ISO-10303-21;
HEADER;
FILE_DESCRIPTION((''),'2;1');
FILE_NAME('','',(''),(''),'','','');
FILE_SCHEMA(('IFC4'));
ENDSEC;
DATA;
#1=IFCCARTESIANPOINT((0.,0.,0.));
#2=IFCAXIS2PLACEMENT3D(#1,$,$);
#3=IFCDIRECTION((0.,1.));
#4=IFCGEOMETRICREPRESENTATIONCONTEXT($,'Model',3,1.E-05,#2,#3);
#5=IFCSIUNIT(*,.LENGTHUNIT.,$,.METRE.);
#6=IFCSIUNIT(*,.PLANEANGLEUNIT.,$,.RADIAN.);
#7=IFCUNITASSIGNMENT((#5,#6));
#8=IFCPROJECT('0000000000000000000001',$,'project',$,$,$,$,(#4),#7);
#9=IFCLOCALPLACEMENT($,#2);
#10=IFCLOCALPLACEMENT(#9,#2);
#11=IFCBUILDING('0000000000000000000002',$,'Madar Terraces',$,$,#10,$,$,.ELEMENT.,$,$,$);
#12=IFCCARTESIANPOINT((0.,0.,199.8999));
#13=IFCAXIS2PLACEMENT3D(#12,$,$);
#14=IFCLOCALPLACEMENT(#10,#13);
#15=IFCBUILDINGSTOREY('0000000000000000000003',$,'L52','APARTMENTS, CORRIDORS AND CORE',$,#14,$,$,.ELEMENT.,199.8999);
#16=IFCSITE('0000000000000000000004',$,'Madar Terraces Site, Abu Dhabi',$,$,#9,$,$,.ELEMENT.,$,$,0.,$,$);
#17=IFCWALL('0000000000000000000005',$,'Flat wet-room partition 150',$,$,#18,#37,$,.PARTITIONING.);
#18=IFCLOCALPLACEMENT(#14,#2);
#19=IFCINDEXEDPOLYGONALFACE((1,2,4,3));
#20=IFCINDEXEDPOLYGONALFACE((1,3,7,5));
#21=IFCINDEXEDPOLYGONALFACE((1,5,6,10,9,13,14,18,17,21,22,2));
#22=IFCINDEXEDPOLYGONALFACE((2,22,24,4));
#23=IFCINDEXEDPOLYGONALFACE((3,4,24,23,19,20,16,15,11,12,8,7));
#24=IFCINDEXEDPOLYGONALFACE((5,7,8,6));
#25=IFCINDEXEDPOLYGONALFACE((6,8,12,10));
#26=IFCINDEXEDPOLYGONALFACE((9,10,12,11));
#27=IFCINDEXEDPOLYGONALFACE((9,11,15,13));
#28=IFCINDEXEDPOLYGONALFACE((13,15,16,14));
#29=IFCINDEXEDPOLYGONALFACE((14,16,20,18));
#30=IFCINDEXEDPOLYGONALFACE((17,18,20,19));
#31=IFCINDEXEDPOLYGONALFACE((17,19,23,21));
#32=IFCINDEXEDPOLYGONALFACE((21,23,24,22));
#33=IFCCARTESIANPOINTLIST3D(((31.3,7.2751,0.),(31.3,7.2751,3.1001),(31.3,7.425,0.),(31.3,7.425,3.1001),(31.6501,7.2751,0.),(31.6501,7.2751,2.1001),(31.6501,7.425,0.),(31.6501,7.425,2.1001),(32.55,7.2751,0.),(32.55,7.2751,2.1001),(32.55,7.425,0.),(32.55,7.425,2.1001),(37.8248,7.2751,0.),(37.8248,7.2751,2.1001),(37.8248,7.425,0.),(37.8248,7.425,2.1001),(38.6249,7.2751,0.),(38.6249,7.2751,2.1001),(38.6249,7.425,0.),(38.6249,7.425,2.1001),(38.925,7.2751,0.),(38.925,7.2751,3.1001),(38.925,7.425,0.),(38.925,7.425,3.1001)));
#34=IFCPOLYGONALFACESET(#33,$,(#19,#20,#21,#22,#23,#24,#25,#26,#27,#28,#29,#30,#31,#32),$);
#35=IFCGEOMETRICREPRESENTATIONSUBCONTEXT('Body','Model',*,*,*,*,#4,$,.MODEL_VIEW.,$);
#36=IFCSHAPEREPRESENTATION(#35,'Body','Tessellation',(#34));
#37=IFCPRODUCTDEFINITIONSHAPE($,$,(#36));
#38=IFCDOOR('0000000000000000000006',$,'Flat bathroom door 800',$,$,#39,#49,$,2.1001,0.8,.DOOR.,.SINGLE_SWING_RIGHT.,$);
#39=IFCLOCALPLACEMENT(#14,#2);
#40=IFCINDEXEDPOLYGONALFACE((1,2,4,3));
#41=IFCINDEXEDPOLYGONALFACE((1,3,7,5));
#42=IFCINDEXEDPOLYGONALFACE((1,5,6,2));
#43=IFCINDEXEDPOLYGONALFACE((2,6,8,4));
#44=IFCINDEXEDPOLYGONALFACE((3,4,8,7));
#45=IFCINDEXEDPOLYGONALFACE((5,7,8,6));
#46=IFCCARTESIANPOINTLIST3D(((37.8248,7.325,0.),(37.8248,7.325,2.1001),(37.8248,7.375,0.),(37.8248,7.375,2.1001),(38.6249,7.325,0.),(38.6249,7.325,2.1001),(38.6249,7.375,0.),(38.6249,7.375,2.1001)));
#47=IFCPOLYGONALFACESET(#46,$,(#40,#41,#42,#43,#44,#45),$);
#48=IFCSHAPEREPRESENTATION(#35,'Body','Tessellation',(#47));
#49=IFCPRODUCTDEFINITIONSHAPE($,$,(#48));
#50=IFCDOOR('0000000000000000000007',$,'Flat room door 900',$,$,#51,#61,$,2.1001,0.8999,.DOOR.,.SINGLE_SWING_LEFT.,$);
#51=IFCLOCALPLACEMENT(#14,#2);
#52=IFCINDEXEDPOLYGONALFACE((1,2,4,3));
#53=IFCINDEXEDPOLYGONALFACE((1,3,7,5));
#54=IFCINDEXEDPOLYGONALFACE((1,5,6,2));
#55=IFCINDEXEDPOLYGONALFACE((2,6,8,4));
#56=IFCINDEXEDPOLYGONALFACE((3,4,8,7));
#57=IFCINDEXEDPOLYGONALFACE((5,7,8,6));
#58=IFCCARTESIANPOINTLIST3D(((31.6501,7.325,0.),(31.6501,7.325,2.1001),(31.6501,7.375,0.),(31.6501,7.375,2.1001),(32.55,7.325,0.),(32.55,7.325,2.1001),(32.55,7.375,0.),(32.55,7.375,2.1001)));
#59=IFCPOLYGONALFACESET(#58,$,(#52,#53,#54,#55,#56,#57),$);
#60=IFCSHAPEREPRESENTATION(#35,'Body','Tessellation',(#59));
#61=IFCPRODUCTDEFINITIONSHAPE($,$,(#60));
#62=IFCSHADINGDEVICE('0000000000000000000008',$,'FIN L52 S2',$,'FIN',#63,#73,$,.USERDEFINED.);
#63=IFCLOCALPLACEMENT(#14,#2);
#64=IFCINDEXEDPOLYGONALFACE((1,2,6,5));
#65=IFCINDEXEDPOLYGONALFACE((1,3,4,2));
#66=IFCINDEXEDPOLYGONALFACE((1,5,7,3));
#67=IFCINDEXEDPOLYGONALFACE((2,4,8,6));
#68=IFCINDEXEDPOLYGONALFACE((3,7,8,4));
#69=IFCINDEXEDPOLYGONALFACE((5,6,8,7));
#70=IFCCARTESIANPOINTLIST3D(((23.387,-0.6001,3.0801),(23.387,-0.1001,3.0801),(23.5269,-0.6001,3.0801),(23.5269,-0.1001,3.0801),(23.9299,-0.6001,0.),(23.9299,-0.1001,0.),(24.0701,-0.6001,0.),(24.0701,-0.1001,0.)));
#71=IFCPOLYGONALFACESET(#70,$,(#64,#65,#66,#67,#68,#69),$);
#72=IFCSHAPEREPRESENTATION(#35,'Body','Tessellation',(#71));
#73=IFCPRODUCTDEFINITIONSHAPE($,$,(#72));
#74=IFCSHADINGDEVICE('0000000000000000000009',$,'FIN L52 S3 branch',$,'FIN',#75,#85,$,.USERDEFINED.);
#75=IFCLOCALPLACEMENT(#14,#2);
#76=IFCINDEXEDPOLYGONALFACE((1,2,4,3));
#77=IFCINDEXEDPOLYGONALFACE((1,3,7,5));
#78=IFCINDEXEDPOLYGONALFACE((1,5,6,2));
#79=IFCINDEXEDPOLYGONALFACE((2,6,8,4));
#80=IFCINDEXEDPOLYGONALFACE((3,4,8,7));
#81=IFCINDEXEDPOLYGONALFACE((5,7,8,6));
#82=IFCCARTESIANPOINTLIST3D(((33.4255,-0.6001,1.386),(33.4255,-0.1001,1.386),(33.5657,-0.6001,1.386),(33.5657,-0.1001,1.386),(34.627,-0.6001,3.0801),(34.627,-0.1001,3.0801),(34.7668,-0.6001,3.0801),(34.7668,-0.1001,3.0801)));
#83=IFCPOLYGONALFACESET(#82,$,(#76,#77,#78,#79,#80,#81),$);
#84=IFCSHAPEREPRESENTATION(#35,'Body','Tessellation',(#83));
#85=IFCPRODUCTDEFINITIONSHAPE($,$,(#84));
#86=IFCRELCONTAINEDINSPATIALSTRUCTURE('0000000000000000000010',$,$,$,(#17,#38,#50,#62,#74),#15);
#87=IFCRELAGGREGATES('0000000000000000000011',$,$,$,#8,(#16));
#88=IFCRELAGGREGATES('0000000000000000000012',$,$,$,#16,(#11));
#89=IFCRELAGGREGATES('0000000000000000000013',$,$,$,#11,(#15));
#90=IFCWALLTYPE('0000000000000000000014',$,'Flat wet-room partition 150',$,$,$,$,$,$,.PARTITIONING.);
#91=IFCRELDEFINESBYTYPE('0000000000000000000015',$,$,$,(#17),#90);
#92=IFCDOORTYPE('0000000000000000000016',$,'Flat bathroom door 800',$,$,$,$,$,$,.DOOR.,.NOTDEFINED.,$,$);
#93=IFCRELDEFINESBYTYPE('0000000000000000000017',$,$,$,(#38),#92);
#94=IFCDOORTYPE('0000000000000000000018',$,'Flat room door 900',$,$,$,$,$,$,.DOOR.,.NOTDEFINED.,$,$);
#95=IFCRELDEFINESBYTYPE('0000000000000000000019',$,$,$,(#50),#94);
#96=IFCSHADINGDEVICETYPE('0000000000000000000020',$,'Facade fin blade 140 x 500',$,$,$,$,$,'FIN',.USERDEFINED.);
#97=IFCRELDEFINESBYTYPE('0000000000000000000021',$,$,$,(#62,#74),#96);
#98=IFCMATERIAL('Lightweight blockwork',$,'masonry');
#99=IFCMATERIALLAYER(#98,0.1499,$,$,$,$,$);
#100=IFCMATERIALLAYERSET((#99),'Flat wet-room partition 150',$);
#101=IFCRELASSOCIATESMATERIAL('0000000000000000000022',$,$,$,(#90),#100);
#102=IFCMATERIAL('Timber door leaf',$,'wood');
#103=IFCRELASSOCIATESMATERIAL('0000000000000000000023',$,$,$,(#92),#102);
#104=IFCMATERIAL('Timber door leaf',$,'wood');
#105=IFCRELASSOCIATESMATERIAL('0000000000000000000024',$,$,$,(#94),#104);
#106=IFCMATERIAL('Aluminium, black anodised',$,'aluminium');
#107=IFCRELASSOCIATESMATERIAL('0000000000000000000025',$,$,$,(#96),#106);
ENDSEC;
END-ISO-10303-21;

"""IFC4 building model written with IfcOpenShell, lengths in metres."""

from ifc_helpers import new_model, si_unit, direction, frame, frame_2d, origin, place, context, subcontext, project, spatial, polyline, rectangle, outline, extrude, material, layer, layer_set, type_object, element, fill, save


model = new_model("IFC4")

# Units and contexts
model_context = context("Model", 3, precision=1e-05, world=origin(), true_north=direction((0.0, 1.0)))
body_context = subcontext(model_context, "Body", "Model", "MODEL_VIEW")
ifc_project = project(units=[si_unit("LENGTHUNIT", "METRE"), si_unit("PLANEANGLEUNIT", "RADIAN")], contexts=[model_context])

# Site, building, storey
site_placement = place(None, origin())
site = spatial("IfcSite", under=ifc_project, at=site_placement, Name="Madar Terraces Site, Abu Dhabi", CompositionType="ELEMENT", RefElevation=0.0)
building_placement = place(site_placement, origin())
building = spatial("IfcBuilding", under=site, at=building_placement, Name="Madar Terraces", CompositionType="ELEMENT")
storey_placement = place(building_placement, frame((0.0, 0.0, 199.8999)))
storey = spatial("IfcBuildingStorey", under=building, at=storey_placement, Name="L52", Description="APARTMENTS, CORRIDORS AND CORE", CompositionType="ELEMENT", Elevation=199.8999)

# Wall, openings, doors
ifc_material_1 = material(Name="Lightweight blockwork", Category="masonry")
ifc_layer_1 = layer(ifc_material_1, 0.1499)
ifc_layer_set_1 = layer_set([ifc_layer_1], Name="Flat wet-room partition 150")
wall_type_1 = type_object("IfcWallType", Name="Flat wet-room partition 150", PredefinedType="PARTITIONING", material=ifc_layer_set_1)
ifc_material_2 = material(Name="Timber door leaf", Category="wood")
door_type_1 = type_object("IfcDoorType", Name="Flat bathroom door 800", OperationType="NOTDEFINED", PredefinedType="DOOR", material=ifc_material_2)
ifc_material_3 = material(Name="Timber door leaf", Category="wood")
door_type_2 = type_object("IfcDoorType", Name="Flat room door 900", OperationType="NOTDEFINED", PredefinedType="DOOR", material=ifc_material_3)
wall_1_placement = place(storey_placement, frame((31.3, 7.3501, 0.0), z_axis=(0.0, 0.0, 1.0), x_axis=(1.0, 0.0, 0.0)))
wall_1 = element("IfcWall", 1, at=wall_1_placement, inside=storey, type_object=wall_type_1, Name="Flat wet-room partition 150", PredefinedType="PARTITIONING", context=body_context, shape_type="SweptSolid", body=[
    extrude(rectangle(XDim=7.625, YDim=0.1499, at=frame_2d((3.8125, 0.0))), origin(), (0.0, 0.0, 1.0), 3.1001),
])
opening_1_placement = place(wall_1_placement, frame((6.5249, 0.0, 0.0)))
opening_1 = element("IfcOpeningElement", 2, at=opening_1_placement, cuts=wall_1, PredefinedType="OPENING", context=body_context, shape_type="SweptSolid", body=[
    extrude(rectangle(XDim=0.8, YDim=2.1001, at=frame_2d((0.3999, 1.05))), frame((0.0, 0.085, 0.0), z_axis=(0.0, -1.0, 0.0), x_axis=(1.0, 0.0, 0.0)), (0.0, 0.0, 1.0), 0.1699),
])
opening_2_placement = place(wall_1_placement, frame((0.3501, 0.0, 0.0)))
opening_2 = element("IfcOpeningElement", 3, at=opening_2_placement, cuts=wall_1, PredefinedType="OPENING", context=body_context, shape_type="SweptSolid", body=[
    extrude(rectangle(XDim=0.8999, YDim=2.1001, at=frame_2d((0.45, 1.05))), frame((0.0, 0.085, 0.0), z_axis=(0.0, -1.0, 0.0), x_axis=(1.0, 0.0, 0.0)), (0.0, 0.0, 1.0), 0.1699),
])
door_1_placement = place(opening_1_placement, origin())
door_1 = element("IfcDoor", 4, at=door_1_placement, inside=storey, type_object=door_type_1, Name="Flat bathroom door 800", OperationType="SINGLE_SWING_RIGHT", OverallHeight=2.1001, OverallWidth=0.8, PredefinedType="DOOR", context=body_context, shape_type="SweptSolid", body=[
    extrude(rectangle(XDim=0.8, YDim=2.1001, at=frame_2d((0.3999, 1.05))), frame((0.0, 0.0249, 0.0), z_axis=(0.0, -1.0, 0.0), x_axis=(1.0, 0.0, 0.0)), (0.0, 0.0, 1.0), 0.05),
])
fill(opening_1, door_1)
door_2_placement = place(opening_2_placement, origin())
door_2 = element("IfcDoor", 5, at=door_2_placement, inside=storey, type_object=door_type_2, Name="Flat room door 900", OperationType="SINGLE_SWING_LEFT", OverallHeight=2.1001, OverallWidth=0.8999, PredefinedType="DOOR", context=body_context, shape_type="SweptSolid", body=[
    extrude(rectangle(XDim=0.8999, YDim=2.1001, at=frame_2d((0.45, 1.05))), frame((0.0, 0.0249, 0.0), z_axis=(0.0, -1.0, 0.0), x_axis=(1.0, 0.0, 0.0)), (0.0, 0.0, 1.0), 0.05),
])
fill(opening_2, door_2)

# Shading devices
ifc_material_4 = material(Name="Aluminium, black anodised", Category="aluminium")
shading_device_type = type_object("IfcShadingDeviceType", Name="Facade fin blade 140 x 500", ElementType="FIN", PredefinedType="USERDEFINED", material=ifc_material_4)
shading_device_1_placement = place(storey_placement, frame((23.9299, -0.3501, 0.0), z_axis=(0.0, 0.0, 1.0), x_axis=(1.0, 0.0, 0.0)))
element("IfcShadingDevice", 6, at=shading_device_1_placement, inside=storey, type_object=shading_device_type, Name="FIN L52 S2", ObjectType="FIN", PredefinedType="USERDEFINED", context=body_context, shape_type="SweptSolid", body=[
    extrude(outline(polyline([(0.0, 0.0), (0.1401, 0.0), (-0.4031, 3.0801), (-0.543, 3.0801), (0.0, 0.0)])), frame((0.0, 0.25, 0.0), z_axis=(0.0, -1.0, 0.0), x_axis=(1.0, 0.0, 0.0)), (0.0, 0.0, 1.0), 0.5),
])
shading_device_2_placement = place(storey_placement, frame((33.4255, -0.3501, 1.386), z_axis=(0.0, 0.0, 1.0), x_axis=(1.0, 0.0, 0.0)))
element("IfcShadingDevice", 7, at=shading_device_2_placement, inside=storey, type_object=shading_device_type, Name="FIN L52 S3 branch", ObjectType="FIN", PredefinedType="USERDEFINED", context=body_context, shape_type="SweptSolid", body=[
    extrude(outline(polyline([(0.0, 0.0), (0.1401, 0.0), (1.3413, 1.6941), (1.2014, 1.6941), (0.0, 0.0)])), frame((0.0, 0.25, 0.0), z_axis=(0.0, -1.0, 0.0), x_axis=(1.0, 0.0, 0.0)), (0.0, 0.0, 1.0), 0.5),
])

save(model, "model.ifc")
